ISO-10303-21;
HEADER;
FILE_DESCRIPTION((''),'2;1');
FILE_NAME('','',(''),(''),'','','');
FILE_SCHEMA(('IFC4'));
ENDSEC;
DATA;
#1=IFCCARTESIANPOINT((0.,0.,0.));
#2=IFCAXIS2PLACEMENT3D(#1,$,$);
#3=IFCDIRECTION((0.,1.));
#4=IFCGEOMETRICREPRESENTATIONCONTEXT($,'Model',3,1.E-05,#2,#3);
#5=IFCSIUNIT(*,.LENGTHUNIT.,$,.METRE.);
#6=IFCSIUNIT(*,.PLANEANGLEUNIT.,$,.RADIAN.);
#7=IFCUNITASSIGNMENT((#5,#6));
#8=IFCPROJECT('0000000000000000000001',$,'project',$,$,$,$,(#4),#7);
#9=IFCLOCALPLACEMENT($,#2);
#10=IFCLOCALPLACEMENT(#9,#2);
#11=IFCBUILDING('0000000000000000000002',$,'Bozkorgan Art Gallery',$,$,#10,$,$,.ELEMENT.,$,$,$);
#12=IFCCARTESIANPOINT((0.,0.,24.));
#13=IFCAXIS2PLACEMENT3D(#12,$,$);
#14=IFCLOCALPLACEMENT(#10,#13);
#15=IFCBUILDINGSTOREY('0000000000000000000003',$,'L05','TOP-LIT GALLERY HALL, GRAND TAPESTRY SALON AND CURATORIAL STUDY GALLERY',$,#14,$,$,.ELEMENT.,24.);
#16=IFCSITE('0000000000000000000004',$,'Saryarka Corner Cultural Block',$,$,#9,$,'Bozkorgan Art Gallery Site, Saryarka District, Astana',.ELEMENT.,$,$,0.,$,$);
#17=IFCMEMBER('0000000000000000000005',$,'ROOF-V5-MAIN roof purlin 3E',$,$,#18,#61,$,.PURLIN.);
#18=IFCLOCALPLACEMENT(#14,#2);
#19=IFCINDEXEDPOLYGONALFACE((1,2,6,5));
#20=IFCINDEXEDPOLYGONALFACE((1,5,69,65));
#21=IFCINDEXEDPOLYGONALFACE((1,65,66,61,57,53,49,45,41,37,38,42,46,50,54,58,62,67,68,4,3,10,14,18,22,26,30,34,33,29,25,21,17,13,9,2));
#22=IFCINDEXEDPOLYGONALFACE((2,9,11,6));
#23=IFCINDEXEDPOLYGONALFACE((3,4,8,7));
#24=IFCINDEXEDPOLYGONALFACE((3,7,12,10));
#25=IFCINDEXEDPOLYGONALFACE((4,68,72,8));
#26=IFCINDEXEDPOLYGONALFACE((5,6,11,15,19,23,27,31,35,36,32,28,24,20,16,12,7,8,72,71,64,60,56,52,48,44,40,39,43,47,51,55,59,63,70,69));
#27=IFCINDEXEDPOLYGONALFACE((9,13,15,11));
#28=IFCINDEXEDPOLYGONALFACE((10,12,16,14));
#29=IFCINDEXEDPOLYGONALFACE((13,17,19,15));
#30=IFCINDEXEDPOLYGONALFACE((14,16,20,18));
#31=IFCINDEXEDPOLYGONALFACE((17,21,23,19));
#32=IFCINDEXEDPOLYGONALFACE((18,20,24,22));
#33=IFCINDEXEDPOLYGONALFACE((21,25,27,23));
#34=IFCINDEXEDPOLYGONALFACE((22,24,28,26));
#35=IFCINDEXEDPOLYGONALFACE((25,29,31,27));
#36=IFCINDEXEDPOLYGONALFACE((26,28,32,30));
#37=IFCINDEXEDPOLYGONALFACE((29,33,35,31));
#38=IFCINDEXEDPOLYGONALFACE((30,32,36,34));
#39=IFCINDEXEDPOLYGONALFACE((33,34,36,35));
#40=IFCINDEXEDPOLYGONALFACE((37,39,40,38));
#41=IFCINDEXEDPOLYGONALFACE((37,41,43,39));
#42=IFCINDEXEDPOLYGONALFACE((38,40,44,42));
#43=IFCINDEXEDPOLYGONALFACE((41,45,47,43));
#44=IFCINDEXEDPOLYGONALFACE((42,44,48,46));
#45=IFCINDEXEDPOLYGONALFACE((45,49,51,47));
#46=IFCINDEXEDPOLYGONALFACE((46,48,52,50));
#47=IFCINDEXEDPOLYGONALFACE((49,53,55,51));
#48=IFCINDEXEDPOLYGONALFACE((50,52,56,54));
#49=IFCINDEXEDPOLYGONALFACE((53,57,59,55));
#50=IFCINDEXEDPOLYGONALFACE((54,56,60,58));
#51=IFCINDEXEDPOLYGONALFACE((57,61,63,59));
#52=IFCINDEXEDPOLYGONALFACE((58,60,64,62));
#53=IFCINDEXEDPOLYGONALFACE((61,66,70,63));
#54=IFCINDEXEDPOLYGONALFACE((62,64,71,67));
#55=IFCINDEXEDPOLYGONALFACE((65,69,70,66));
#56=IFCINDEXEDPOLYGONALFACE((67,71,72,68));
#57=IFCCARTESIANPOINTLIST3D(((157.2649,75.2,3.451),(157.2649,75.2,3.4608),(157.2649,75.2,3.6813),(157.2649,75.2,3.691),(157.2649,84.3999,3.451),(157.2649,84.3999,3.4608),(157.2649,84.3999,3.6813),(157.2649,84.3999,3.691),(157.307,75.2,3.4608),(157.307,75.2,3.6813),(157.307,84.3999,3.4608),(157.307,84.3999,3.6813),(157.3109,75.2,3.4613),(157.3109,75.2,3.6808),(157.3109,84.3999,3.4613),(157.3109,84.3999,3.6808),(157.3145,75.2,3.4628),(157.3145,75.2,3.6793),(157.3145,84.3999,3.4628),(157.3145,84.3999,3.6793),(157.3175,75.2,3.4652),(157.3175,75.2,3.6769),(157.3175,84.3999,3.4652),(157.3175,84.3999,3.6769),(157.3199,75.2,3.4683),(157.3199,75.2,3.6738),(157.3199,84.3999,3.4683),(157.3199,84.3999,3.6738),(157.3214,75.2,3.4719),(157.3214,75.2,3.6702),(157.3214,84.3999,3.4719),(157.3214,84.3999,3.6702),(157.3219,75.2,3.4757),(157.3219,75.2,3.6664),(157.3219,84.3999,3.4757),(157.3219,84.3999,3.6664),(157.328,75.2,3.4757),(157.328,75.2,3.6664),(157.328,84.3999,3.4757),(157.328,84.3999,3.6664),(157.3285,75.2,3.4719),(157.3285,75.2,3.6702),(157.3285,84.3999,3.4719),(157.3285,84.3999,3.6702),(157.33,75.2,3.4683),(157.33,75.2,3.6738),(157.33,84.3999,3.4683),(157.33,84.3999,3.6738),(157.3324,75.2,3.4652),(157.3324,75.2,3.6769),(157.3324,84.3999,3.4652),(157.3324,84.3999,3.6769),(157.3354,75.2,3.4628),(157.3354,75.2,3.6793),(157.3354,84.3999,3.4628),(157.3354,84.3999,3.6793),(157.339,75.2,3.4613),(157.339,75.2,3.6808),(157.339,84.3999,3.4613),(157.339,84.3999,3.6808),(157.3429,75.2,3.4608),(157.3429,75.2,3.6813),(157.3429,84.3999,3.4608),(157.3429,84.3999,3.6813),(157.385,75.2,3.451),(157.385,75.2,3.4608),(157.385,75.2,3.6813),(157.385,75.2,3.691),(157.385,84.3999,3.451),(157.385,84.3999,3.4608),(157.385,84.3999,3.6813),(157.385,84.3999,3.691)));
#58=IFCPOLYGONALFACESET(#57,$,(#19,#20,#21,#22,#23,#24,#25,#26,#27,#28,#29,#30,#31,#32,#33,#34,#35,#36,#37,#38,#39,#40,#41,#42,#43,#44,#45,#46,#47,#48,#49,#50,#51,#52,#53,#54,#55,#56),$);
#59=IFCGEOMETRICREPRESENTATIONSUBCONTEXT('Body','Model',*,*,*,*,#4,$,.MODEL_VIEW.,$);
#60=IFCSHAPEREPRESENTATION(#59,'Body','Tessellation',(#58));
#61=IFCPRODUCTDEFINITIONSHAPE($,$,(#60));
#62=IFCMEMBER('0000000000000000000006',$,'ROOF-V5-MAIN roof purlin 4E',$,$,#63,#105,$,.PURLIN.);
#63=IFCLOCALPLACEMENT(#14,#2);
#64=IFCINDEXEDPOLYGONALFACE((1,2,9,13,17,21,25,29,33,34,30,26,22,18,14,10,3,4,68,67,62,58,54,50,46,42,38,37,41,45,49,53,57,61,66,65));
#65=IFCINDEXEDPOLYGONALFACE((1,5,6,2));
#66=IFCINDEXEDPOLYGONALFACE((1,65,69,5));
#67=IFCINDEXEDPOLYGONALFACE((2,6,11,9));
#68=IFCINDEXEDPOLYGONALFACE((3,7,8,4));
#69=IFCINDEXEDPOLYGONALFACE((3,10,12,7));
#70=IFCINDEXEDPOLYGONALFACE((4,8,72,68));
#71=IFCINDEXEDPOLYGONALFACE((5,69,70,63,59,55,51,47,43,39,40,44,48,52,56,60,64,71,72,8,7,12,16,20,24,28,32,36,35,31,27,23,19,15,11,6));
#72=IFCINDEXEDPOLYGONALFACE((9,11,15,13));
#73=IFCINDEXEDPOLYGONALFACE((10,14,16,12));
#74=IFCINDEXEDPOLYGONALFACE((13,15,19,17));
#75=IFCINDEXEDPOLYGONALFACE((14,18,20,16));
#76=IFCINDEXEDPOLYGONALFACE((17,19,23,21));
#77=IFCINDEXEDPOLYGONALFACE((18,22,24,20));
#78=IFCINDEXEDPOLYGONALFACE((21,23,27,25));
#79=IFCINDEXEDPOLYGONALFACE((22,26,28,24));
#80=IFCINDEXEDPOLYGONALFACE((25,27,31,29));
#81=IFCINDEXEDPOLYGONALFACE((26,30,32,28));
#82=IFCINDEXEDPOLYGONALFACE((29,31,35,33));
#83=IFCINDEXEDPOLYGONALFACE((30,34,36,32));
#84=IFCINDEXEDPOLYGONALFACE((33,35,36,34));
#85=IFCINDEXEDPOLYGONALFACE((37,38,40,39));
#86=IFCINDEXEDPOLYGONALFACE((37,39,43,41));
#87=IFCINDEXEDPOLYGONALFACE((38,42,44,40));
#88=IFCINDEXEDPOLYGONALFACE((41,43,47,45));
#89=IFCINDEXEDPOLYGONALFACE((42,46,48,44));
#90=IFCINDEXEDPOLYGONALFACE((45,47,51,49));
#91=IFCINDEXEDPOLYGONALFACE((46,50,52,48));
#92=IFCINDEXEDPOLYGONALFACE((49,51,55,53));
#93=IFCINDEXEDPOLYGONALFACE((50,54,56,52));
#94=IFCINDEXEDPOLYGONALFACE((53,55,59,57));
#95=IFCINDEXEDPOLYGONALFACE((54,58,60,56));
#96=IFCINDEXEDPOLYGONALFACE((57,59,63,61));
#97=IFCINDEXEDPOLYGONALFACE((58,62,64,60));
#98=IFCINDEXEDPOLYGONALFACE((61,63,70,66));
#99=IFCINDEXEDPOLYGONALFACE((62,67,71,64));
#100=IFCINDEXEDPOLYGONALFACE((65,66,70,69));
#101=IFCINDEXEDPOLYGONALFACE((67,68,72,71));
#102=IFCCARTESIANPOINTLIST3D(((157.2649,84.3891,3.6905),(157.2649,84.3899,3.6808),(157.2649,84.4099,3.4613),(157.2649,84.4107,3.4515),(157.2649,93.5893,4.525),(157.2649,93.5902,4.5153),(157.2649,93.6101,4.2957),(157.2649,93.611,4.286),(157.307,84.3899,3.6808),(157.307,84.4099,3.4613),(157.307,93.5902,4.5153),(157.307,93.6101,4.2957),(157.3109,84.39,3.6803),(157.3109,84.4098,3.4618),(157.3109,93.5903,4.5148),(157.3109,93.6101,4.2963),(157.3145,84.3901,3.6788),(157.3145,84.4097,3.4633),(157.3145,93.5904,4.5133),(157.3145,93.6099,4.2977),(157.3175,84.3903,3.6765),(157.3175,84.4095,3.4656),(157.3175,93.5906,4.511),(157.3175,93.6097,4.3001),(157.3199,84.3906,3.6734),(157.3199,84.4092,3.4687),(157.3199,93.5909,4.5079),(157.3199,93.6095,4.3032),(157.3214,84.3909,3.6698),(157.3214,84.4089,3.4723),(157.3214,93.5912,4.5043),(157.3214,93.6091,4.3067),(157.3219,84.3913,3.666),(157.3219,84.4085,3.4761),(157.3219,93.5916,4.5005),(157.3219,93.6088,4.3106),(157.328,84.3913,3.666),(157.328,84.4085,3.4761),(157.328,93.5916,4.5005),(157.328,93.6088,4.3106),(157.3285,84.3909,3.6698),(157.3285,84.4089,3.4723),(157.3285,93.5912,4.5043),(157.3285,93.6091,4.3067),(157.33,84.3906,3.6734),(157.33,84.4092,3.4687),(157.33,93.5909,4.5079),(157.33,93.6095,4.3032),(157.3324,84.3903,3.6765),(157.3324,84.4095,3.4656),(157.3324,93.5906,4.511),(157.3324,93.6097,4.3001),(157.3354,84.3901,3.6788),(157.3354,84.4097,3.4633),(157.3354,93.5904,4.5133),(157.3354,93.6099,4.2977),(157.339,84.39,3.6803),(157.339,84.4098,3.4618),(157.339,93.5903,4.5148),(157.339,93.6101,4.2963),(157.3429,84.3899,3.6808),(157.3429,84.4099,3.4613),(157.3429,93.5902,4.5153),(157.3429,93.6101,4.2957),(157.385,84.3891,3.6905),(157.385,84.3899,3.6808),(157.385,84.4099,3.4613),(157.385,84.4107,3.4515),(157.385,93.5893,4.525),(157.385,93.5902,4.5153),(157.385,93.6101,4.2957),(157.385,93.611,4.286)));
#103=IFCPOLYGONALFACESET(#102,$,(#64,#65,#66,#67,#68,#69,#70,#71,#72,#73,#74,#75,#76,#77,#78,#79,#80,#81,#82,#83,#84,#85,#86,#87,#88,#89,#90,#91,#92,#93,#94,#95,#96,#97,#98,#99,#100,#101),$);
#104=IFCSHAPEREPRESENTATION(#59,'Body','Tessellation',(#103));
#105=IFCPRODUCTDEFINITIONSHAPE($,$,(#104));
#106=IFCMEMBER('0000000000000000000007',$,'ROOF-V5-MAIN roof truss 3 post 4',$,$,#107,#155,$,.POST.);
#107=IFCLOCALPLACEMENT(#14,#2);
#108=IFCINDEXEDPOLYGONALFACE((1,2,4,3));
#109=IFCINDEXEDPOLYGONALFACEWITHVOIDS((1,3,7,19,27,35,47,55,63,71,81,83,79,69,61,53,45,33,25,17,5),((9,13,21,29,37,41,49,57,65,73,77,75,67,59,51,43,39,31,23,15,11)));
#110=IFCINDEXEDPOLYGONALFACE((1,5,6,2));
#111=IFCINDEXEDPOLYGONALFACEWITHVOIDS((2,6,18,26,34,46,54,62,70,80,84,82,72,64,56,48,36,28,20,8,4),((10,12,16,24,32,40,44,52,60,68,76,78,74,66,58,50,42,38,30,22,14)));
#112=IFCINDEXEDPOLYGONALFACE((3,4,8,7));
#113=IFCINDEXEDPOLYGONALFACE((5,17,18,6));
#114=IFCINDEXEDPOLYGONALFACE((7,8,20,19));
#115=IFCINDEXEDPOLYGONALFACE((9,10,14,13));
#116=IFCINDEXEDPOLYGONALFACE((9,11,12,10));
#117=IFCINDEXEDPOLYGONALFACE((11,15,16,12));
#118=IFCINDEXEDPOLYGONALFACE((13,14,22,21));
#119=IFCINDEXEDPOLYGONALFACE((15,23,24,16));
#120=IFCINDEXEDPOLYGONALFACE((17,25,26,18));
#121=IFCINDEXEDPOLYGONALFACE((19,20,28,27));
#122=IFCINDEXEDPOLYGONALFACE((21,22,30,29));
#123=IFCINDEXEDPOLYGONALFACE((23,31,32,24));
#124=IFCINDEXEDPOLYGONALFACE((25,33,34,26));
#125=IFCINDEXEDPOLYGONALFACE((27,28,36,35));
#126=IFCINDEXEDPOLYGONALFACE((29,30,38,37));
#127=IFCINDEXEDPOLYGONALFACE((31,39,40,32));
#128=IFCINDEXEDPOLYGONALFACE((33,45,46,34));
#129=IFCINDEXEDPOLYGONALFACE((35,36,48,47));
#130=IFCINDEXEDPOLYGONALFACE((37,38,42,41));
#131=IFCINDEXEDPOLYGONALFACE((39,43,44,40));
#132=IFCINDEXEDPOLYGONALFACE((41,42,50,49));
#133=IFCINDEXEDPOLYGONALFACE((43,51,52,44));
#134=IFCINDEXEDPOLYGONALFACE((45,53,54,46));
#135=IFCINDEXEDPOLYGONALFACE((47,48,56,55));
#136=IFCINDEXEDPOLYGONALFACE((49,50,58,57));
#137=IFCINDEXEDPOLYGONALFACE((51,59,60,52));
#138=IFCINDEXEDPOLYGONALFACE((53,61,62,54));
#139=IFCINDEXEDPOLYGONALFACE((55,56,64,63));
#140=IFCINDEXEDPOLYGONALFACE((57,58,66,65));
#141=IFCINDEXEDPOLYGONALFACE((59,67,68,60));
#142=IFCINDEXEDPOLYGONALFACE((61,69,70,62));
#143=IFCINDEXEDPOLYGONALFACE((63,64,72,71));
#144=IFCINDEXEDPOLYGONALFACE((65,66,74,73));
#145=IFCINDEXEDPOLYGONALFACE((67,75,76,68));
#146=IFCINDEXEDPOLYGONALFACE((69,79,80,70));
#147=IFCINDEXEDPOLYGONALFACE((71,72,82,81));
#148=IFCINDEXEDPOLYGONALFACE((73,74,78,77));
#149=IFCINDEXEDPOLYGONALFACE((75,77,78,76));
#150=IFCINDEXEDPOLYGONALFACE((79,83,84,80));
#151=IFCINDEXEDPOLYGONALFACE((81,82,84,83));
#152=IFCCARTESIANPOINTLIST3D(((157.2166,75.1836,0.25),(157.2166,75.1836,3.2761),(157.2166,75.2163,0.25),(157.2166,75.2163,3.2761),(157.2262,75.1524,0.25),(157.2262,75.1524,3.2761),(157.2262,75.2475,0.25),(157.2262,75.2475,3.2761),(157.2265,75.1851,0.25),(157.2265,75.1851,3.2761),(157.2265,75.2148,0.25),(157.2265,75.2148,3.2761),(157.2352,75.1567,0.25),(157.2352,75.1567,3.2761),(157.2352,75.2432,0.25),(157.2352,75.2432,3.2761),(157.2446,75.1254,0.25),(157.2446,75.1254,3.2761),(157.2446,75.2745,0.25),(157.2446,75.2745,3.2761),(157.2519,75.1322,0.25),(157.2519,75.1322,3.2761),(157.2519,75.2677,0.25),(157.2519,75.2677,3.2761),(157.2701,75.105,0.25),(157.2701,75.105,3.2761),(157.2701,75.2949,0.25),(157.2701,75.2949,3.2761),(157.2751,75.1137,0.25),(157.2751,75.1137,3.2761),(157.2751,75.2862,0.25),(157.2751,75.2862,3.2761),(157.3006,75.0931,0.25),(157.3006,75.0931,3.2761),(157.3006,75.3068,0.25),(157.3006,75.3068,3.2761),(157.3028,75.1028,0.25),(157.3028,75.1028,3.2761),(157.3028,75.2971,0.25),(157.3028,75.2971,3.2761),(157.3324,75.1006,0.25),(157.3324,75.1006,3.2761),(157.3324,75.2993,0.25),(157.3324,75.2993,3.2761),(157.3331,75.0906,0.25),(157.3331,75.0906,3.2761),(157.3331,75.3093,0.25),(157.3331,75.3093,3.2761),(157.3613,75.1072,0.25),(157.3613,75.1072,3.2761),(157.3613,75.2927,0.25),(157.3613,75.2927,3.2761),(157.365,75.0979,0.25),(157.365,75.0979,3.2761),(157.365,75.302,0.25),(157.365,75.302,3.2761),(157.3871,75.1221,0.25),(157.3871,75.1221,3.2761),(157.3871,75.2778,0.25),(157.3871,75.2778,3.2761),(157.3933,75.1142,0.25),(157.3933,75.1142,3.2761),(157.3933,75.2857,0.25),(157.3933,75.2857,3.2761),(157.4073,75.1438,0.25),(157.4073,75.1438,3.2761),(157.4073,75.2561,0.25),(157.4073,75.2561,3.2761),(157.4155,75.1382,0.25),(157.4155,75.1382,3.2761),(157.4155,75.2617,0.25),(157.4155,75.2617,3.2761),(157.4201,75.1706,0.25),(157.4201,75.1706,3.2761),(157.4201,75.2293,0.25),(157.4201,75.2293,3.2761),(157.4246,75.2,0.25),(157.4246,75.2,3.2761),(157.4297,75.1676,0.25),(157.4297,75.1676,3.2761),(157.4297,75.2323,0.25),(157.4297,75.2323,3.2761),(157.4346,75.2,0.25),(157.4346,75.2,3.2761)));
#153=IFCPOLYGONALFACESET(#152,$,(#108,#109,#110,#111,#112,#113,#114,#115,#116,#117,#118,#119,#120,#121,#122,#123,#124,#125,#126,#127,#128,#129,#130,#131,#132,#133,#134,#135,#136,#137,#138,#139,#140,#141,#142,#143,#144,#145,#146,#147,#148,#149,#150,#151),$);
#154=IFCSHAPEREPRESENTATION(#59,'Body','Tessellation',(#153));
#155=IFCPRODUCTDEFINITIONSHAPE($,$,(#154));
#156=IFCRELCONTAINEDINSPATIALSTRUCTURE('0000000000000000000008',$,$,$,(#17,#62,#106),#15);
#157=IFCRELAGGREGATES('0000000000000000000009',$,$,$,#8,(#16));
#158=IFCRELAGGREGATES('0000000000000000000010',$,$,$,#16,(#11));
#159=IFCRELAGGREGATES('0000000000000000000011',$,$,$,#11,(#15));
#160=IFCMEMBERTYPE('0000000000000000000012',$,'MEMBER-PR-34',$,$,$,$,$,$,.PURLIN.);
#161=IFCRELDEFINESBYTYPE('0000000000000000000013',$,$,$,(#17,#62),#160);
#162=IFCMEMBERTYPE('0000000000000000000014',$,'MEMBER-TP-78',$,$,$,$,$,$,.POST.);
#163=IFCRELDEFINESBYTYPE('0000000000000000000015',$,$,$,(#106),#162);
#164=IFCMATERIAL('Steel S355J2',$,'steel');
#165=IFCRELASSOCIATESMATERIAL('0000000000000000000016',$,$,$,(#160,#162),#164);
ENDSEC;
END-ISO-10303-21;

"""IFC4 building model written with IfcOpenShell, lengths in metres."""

from ifc_helpers import new_model, si_unit, direction, frame, origin, origin_2d, place, context, subcontext, project, spatial, hollow_circle, i_section, extrude, material, material_profile, profile_set, type_object, element, save


model = new_model("IFC4")

# Units and contexts
model_context = context("Model", 3, precision=1e-05, world=origin(), true_north=direction((0.0, 1.0)))
body_context = subcontext(model_context, "Body", "Model", "MODEL_VIEW")
ifc_project = project(units=[si_unit("LENGTHUNIT", "METRE"), si_unit("PLANEANGLEUNIT", "RADIAN")], contexts=[model_context])

# Site, building, storey
site_placement = place(None, origin())
site = spatial("IfcSite", under=ifc_project, at=site_placement, Name="Saryarka Corner Cultural Block", LongName="Bozkorgan Art Gallery Site, Saryarka District, Astana", CompositionType="ELEMENT", RefElevation=0.0)
building_placement = place(site_placement, origin())
building = spatial("IfcBuilding", under=site, at=building_placement, Name="Bozkorgan Art Gallery", CompositionType="ELEMENT")
storey_placement = place(building_placement, frame((0.0, 0.0, 24.0)))
storey = spatial("IfcBuildingStorey", under=building, at=storey_placement, Name="L05", Description="TOP-LIT GALLERY HALL, GRAND TAPESTRY SALON AND CURATORIAL STUDY GALLERY", CompositionType="ELEMENT", Elevation=24.0)

# Members
ifc_material = material(Name="Steel S355J2", Category="steel")
ifc_material_profile_1 = material_profile(ifc_material, i_section(OverallWidth=0.1201, OverallDepth=0.24, WebThickness=0.0061, FlangeThickness=0.0098, FilletRadius=0.0149, at=origin_2d()), Name="IPE 240")
ifc_profile_set_1 = profile_set([ifc_material_profile_1], Name="Steel S355J2")
member_type_1 = type_object("IfcMemberType", Name="MEMBER-PR-34", PredefinedType="PURLIN", material=ifc_profile_set_1)
member_1_placement = place(storey_placement, frame((157.325, 75.2, 3.571), z_axis=(0.0, 1.0, 0.0), x_axis=(-1.0, 0.0, 0.0)))
element("IfcMember", 1, at=member_1_placement, inside=storey, type_object=member_type_1, Name="ROOF-V5-MAIN roof purlin 3E", PredefinedType="PURLIN", context=body_context, shape_type="SweptSolid", body=[
    extrude(i_section(OverallWidth=0.1201, OverallDepth=0.24, WebThickness=0.0061, FlangeThickness=0.0098, FilletRadius=0.0149, at=origin_2d()), origin(), (0.0, 0.0, 1.0), 9.2),
])
member_2_placement = place(storey_placement, frame((157.325, 84.3999, 3.571), z_axis=(0.0, 0.995912, 0.090331), x_axis=(-1.0, 0.0, 0.0)))
element("IfcMember", 2, at=member_2_placement, inside=storey, type_object=member_type_1, Name="ROOF-V5-MAIN roof purlin 4E", PredefinedType="PURLIN", context=body_context, shape_type="SweptSolid", body=[
    extrude(i_section(OverallWidth=0.1201, OverallDepth=0.24, WebThickness=0.0061, FlangeThickness=0.0098, FilletRadius=0.0149, at=origin_2d()), origin(), (0.0, 0.0, 1.0), 9.238),
])
ifc_material_profile_2 = material_profile(ifc_material, hollow_circle(Radius=0.1096, WallThickness=0.01, at=origin_2d()), Name="CHS 219.1x10")
ifc_profile_set_2 = profile_set([ifc_material_profile_2], Name="Steel S355J2")
member_type_2 = type_object("IfcMemberType", Name="MEMBER-TP-78", PredefinedType="POST", material=ifc_profile_set_2)
member_3_placement = place(storey_placement, frame((157.325, 75.2, 0.25), z_axis=(0.0, 0.0, 1.0), x_axis=(1.0, 0.0, 0.0)))
element("IfcMember", 3, at=member_3_placement, inside=storey, type_object=member_type_2, Name="ROOF-V5-MAIN roof truss 3 post 4", PredefinedType="POST", context=body_context, shape_type="SweptSolid", body=[
    extrude(hollow_circle(Radius=0.1096, WallThickness=0.01, at=origin_2d()), origin(), (0.0, 0.0, 1.0), 3.0261),
])

save(model, "model.ifc")
